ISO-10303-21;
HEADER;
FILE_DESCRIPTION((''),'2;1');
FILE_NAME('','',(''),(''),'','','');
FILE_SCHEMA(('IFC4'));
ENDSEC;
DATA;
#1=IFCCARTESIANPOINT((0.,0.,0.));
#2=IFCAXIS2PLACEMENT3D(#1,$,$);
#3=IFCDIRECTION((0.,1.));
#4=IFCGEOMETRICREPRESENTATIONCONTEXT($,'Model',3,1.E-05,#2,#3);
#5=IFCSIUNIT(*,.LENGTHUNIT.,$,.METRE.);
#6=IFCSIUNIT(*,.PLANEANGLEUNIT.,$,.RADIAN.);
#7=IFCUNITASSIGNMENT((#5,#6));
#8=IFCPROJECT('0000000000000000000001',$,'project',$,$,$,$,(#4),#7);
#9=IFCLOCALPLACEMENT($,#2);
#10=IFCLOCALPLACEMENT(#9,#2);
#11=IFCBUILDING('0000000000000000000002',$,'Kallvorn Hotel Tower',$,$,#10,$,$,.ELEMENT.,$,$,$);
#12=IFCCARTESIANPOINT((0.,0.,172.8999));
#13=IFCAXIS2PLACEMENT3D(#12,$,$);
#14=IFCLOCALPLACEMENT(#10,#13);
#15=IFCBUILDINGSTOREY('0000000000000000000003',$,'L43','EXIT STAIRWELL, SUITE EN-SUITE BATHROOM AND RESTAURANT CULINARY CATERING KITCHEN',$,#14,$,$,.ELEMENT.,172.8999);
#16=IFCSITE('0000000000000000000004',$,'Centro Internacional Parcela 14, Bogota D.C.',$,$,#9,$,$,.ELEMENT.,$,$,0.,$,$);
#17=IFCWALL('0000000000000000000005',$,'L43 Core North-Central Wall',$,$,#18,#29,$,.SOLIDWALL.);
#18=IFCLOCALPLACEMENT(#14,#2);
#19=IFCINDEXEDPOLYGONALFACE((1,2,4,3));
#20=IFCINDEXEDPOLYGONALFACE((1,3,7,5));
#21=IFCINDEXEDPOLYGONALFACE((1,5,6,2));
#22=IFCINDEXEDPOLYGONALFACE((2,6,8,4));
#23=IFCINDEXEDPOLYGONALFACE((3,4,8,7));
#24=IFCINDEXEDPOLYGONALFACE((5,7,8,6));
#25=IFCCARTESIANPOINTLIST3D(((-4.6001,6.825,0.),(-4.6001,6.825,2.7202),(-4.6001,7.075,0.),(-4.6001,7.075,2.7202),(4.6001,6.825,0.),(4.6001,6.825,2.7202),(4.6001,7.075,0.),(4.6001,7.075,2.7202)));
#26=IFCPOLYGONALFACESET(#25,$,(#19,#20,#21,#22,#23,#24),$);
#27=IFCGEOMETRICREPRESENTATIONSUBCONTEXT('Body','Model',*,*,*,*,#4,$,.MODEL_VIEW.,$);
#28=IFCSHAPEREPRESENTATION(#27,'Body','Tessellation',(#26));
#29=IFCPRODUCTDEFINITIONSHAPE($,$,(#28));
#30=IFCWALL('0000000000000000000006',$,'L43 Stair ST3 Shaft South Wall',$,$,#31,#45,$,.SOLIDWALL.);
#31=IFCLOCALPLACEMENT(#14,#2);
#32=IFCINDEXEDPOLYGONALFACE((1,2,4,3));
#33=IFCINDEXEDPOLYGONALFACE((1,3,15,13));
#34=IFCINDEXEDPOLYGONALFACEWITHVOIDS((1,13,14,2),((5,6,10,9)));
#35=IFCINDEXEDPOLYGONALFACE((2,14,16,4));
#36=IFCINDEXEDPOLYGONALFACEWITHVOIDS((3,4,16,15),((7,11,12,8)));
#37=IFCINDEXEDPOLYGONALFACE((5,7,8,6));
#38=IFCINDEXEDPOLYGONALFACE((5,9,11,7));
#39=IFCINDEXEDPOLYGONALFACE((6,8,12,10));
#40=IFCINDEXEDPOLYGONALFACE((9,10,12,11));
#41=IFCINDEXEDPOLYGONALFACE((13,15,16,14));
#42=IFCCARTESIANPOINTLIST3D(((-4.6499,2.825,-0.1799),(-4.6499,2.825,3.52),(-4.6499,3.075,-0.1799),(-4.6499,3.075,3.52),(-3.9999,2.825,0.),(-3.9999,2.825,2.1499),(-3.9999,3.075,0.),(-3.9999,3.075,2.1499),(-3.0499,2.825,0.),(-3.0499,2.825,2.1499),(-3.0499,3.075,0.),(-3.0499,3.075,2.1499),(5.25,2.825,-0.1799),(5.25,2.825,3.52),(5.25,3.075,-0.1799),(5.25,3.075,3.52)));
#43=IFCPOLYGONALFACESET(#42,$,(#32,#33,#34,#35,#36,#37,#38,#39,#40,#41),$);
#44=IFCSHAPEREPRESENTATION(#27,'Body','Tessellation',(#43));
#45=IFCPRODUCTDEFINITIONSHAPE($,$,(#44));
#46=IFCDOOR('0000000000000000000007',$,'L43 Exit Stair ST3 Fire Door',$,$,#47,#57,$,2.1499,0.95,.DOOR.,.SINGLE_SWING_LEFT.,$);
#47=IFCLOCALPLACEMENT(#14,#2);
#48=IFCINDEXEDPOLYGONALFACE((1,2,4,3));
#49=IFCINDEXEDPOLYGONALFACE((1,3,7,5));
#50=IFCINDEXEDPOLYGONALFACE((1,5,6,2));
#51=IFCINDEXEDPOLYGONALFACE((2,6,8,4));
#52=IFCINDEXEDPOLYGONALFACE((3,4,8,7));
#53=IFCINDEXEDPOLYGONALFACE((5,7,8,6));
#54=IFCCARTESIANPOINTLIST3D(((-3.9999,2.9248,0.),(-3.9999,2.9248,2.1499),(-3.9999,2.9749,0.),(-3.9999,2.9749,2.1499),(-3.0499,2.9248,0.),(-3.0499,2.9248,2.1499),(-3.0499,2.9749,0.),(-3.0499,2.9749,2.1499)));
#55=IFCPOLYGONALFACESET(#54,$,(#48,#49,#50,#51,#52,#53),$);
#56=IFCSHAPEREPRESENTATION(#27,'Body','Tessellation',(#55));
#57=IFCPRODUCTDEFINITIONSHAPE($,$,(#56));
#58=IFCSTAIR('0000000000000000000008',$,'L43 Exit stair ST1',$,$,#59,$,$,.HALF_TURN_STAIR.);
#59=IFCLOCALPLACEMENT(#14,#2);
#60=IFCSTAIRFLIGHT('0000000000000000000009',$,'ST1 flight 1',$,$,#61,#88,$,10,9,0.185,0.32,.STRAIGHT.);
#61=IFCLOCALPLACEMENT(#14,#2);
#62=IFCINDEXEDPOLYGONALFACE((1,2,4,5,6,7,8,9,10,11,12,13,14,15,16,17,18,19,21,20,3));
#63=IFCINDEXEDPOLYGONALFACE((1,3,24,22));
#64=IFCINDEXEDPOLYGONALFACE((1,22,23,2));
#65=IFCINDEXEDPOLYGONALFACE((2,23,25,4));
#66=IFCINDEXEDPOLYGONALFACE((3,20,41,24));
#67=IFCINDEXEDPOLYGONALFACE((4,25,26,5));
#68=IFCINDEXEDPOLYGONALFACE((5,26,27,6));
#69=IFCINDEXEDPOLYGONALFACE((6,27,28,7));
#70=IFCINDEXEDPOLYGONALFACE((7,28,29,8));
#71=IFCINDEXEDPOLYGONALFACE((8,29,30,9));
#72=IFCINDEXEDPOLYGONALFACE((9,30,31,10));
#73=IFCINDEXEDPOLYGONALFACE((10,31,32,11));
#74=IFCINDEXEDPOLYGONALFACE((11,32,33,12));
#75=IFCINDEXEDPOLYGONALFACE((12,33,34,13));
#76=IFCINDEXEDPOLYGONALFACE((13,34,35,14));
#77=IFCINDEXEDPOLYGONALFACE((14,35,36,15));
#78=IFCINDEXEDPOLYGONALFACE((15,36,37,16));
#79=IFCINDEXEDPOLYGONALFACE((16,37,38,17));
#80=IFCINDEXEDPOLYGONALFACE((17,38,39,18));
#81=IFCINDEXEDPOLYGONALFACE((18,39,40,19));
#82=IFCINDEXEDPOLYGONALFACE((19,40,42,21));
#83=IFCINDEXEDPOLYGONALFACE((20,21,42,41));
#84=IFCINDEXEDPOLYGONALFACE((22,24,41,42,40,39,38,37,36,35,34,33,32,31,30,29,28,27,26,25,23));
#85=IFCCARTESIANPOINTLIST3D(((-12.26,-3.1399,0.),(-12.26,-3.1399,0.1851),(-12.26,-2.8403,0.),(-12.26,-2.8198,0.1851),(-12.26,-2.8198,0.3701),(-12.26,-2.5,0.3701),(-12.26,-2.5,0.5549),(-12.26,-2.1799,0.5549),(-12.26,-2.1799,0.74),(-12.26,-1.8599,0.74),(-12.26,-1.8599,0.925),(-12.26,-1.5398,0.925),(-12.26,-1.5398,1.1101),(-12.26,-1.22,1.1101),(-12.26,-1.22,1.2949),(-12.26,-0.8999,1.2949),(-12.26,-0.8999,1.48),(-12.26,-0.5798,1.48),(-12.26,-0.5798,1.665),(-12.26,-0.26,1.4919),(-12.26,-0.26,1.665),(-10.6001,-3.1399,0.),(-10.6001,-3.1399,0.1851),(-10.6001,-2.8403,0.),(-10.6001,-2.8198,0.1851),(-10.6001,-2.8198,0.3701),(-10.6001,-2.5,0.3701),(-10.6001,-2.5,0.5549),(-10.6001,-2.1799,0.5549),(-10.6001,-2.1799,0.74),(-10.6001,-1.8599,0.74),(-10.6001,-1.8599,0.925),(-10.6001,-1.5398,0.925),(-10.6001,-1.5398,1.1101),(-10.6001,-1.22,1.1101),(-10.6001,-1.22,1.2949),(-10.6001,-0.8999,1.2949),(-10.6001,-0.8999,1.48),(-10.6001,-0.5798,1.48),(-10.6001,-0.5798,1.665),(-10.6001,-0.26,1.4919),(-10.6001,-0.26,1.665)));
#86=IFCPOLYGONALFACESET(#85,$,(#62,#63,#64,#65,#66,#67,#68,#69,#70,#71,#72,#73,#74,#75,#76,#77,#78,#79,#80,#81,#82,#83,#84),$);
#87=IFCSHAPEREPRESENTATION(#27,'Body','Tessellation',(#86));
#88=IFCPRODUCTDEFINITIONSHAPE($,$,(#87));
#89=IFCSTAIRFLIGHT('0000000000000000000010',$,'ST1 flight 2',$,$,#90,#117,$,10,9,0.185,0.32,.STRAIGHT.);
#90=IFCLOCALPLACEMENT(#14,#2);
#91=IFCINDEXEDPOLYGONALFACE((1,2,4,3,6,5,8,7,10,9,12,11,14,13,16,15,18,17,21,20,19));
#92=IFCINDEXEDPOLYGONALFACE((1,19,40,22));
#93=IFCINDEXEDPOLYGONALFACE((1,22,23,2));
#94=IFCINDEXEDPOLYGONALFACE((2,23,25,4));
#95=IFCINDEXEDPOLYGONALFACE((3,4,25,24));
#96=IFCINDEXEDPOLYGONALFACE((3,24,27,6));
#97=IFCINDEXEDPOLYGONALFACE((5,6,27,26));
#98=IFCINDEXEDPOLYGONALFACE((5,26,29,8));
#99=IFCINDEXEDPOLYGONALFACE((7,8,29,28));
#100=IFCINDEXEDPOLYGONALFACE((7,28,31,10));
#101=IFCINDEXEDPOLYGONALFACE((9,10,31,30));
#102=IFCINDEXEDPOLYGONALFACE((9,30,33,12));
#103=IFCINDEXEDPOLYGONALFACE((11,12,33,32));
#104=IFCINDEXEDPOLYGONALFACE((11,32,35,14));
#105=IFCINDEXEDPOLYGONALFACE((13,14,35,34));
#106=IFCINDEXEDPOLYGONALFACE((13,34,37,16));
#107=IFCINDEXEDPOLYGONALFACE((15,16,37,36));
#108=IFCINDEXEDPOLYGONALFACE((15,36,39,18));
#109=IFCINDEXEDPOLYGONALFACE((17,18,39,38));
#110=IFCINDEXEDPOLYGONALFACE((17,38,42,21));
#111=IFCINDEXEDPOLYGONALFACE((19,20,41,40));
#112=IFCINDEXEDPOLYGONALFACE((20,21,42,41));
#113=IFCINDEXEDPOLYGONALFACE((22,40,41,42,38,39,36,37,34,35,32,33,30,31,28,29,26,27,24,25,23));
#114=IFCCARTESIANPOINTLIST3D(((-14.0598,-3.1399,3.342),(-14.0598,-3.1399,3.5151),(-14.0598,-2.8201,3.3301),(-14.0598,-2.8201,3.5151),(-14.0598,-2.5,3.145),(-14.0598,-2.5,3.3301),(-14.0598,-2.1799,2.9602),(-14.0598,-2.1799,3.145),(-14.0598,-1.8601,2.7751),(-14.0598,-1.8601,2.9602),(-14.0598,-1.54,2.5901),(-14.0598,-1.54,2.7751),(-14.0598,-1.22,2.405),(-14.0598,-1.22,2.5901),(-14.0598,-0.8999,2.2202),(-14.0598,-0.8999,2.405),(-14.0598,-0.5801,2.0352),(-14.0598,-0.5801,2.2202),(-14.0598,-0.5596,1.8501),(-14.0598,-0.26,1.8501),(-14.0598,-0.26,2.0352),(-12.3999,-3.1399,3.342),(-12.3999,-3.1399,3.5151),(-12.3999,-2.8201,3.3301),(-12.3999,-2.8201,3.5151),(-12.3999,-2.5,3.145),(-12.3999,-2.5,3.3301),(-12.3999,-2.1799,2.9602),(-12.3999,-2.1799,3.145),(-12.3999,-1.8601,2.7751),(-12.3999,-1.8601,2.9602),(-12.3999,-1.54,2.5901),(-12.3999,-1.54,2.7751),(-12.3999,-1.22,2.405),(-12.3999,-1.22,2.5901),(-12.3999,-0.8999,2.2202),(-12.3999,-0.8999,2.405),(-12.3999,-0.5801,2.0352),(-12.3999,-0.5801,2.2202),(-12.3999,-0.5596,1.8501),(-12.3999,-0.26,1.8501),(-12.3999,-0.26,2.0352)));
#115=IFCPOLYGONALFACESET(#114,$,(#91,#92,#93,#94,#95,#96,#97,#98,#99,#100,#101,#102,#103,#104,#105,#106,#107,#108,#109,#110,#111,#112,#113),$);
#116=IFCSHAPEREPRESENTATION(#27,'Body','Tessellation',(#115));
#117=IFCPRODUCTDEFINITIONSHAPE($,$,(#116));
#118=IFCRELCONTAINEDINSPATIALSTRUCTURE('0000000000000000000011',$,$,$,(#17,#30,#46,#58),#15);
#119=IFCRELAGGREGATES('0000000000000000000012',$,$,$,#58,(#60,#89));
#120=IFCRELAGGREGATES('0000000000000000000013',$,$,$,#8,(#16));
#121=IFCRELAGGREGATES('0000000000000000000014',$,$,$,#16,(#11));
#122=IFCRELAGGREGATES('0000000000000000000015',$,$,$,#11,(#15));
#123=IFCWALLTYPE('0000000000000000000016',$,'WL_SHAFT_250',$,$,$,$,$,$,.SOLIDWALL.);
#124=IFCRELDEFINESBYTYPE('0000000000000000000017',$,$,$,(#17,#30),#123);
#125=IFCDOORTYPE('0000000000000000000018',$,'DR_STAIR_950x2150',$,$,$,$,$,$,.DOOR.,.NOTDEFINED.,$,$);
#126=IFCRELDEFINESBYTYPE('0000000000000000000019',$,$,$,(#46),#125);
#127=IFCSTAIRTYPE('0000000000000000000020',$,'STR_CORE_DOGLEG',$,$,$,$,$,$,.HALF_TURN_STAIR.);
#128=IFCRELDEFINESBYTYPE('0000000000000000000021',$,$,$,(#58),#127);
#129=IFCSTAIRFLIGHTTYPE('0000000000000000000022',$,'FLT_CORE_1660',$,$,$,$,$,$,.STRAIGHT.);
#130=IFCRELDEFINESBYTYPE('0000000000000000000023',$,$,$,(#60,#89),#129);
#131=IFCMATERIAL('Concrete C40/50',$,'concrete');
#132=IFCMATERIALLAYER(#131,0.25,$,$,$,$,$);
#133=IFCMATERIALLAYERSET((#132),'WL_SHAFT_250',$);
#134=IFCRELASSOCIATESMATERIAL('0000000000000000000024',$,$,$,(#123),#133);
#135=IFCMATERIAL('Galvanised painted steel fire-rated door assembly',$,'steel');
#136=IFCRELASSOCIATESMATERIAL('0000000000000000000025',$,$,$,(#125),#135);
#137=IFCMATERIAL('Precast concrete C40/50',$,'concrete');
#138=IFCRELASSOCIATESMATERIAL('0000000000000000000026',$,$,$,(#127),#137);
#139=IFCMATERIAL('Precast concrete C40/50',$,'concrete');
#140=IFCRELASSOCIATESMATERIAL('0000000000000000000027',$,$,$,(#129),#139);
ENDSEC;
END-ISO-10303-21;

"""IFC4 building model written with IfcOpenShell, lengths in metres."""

from ifc_helpers import new_model, si_unit, direction, frame, frame_2d, origin, place, context, subcontext, project, spatial, polyline, rectangle, outline, extrude, material, layer, layer_set, type_object, element, fill, aggregate, save


model = new_model("IFC4")

# Units and contexts
model_context = context("Model", 3, precision=1e-05, world=origin(), true_north=direction((0.0, 1.0)))
body_context = subcontext(model_context, "Body", "Model", "MODEL_VIEW")
ifc_project = project(units=[si_unit("LENGTHUNIT", "METRE"), si_unit("PLANEANGLEUNIT", "RADIAN")], contexts=[model_context])

# Site, building, storey
site_placement = place(None, origin())
site = spatial("IfcSite", under=ifc_project, at=site_placement, Name="Centro Internacional Parcela 14, Bogota D.C.", CompositionType="ELEMENT", RefElevation=0.0)
building_placement = place(site_placement, origin())
building = spatial("IfcBuilding", under=site, at=building_placement, Name="Kallvorn Hotel Tower", CompositionType="ELEMENT")
storey_placement = place(building_placement, frame((0.0, 0.0, 172.8999)))
storey = spatial("IfcBuildingStorey", under=building, at=storey_placement, Name="L43", Description="EXIT STAIRWELL, SUITE EN-SUITE BATHROOM AND RESTAURANT CULINARY CATERING KITCHEN", CompositionType="ELEMENT", Elevation=172.8999)

# Shared definitions
ifc_material_1 = material(Name="Concrete C40/50", Category="concrete")
ifc_layer_1 = layer(ifc_material_1, 0.25)
ifc_layer_set_1 = layer_set([ifc_layer_1], Name="WL_SHAFT_250")
wall_type_1 = type_object("IfcWallType", Name="WL_SHAFT_250", PredefinedType="SOLIDWALL", material=ifc_layer_set_1)

# Wall
wall_1_placement = place(storey_placement, frame((-4.6001, 6.95, 0.0), z_axis=(0.0, 0.0, 1.0), x_axis=(1.0, 0.0, 0.0)))
element("IfcWall", 1, at=wall_1_placement, inside=storey, type_object=wall_type_1, Name="L43 Core North-Central Wall", PredefinedType="SOLIDWALL", context=body_context, shape_type="SweptSolid", body=[
    extrude(rectangle(XDim=9.2002, YDim=0.25, at=frame_2d((4.6001, 0.0))), origin(), (0.0, 0.0, 1.0), 2.7202),
])

# Wall, opening, door
wall_2_placement = place(storey_placement, frame((-4.6499, 2.95, -0.1799), z_axis=(0.0, 0.0, 1.0), x_axis=(1.0, 0.0, 0.0)))
wall_2 = element("IfcWall", 2, at=wall_2_placement, inside=storey, type_object=wall_type_1, Name="L43 Stair ST3 Shaft South Wall", PredefinedType="SOLIDWALL", context=body_context, shape_type="SweptSolid", body=[
    extrude(rectangle(XDim=9.8999, YDim=0.25, at=frame_2d((4.95, 0.0))), origin(), (0.0, 0.0, 1.0), 3.7),
])
opening_1_placement = place(wall_2_placement, frame((0.6499, 0.0, 0.1799)))
opening_1 = element("IfcOpeningElement", 3, at=opening_1_placement, cuts=wall_2, PredefinedType="OPENING", context=body_context, shape_type="SweptSolid", body=[
    extrude(rectangle(XDim=0.95, YDim=2.1499, at=frame_2d((0.4751, 1.075))), frame((0.0, 0.1399, 0.0), z_axis=(0.0, -1.0, 0.0), x_axis=(1.0, 0.0, 0.0)), (0.0, 0.0, 1.0), 0.28),
])
ifc_material_2 = material(Name="Galvanised painted steel fire-rated door assembly", Category="steel")
door_type_1 = type_object("IfcDoorType", Name="DR_STAIR_950x2150", OperationType="NOTDEFINED", PredefinedType="DOOR", material=ifc_material_2)
door_1_placement = place(opening_1_placement, origin())
door_1 = element("IfcDoor", 4, at=door_1_placement, inside=storey, type_object=door_type_1, Name="L43 Exit Stair ST3 Fire Door", OperationType="SINGLE_SWING_LEFT", OverallHeight=2.1499, OverallWidth=0.95, PredefinedType="DOOR", context=body_context, shape_type="SweptSolid", body=[
    extrude(rectangle(XDim=0.95, YDim=2.1499, at=frame_2d((0.4751, 1.075))), frame((0.0, 0.0249, 0.0), z_axis=(0.0, -1.0, 0.0), x_axis=(1.0, 0.0, 0.0)), (0.0, 0.0, 1.0), 0.05),
])
fill(opening_1, door_1)

# Stair, stair flights
ifc_material_3 = material(Name="Precast concrete C40/50", Category="concrete")
stair_type = type_object("IfcStairType", Name="STR_CORE_DOGLEG", PredefinedType="HALF_TURN_STAIR", material=ifc_material_3)
stair_placement = place(storey_placement, origin())
stair = element("IfcStair", 5, at=stair_placement, inside=storey, type_object=stair_type, Name="L43 Exit stair ST1", PredefinedType="HALF_TURN_STAIR")
ifc_material_4 = material(Name="Precast concrete C40/50", Category="concrete")
stair_flight_type = type_object("IfcStairFlightType", Name="FLT_CORE_1660", PredefinedType="STRAIGHT", material=ifc_material_4)
stair_flight_1_placement = place(storey_placement, frame((-11.4299, -3.1399, 0.0), z_axis=(0.0, 0.0, 1.0), x_axis=(0.0, 1.0, 0.0)))
stair_flight_1 = element("IfcStairFlight", 6, at=stair_flight_1_placement, type_object=stair_flight_type, Name="ST1 flight 1", NumberOfRisers=10, NumberOfTreads=9, PredefinedType="STRAIGHT", RiserHeight=0.185, TreadLength=0.32, context=body_context, shape_type="SweptSolid", body=[
    extrude(outline(polyline([(0.0, 0.0), (0.0, 0.1851), (0.3201, 0.1851), (0.3201, 0.3701), (0.6399, 0.3701), (0.6399, 0.5549), (0.96, 0.5549), (0.96, 0.74), (1.28, 0.74), (1.28, 0.925), (1.6001, 0.925), (1.6001, 1.1101), (1.9199, 1.1101), (1.9199, 1.2949), (2.24, 1.2949), (2.24, 1.48), (2.5601, 1.48), (2.5601, 1.665), (2.8799, 1.665), (2.8799, 1.8501), (2.8799, 1.4919), (0.2996, 0.0), (0.0, 0.0)])), frame((0.0, 0.8301, 0.0), z_axis=(0.0, -1.0, 0.0), x_axis=(1.0, 0.0, 0.0)), (0.0, 0.0, 1.0), 1.6599),
])
stair_flight_2_placement = place(storey_placement, frame((-13.23, -0.26, 1.8501), z_axis=(0.0, 0.0, 1.0), x_axis=(0.0, -1.0, 0.0)))
stair_flight_2 = element("IfcStairFlight", 7, at=stair_flight_2_placement, type_object=stair_flight_type, Name="ST1 flight 2", NumberOfRisers=10, NumberOfTreads=9, PredefinedType="STRAIGHT", RiserHeight=0.185, TreadLength=0.32, context=body_context, shape_type="SweptSolid", body=[
    extrude(outline(polyline([(0.0, 0.0), (0.0, 0.1851), (0.3201, 0.1851), (0.3201, 0.3701), (0.6399, 0.3701), (0.6399, 0.5549), (0.96, 0.5549), (0.96, 0.74), (1.28, 0.74), (1.28, 0.925), (1.6001, 0.925), (1.6001, 1.1101), (1.9199, 1.1101), (1.9199, 1.2949), (2.24, 1.2949), (2.24, 1.48), (2.5601, 1.48), (2.5601, 1.665), (2.8799, 1.665), (2.8799, 1.8501), (2.8799, 1.4919), (0.2996, 0.0), (0.0, 0.0)])), frame((0.0, 0.8301, 0.0), z_axis=(0.0, -1.0, 0.0), x_axis=(1.0, 0.0, 0.0)), (0.0, 0.0, 1.0), 1.6599),
])
aggregate(stair, [stair_flight_1, stair_flight_2])

save(model, "model.ifc")
